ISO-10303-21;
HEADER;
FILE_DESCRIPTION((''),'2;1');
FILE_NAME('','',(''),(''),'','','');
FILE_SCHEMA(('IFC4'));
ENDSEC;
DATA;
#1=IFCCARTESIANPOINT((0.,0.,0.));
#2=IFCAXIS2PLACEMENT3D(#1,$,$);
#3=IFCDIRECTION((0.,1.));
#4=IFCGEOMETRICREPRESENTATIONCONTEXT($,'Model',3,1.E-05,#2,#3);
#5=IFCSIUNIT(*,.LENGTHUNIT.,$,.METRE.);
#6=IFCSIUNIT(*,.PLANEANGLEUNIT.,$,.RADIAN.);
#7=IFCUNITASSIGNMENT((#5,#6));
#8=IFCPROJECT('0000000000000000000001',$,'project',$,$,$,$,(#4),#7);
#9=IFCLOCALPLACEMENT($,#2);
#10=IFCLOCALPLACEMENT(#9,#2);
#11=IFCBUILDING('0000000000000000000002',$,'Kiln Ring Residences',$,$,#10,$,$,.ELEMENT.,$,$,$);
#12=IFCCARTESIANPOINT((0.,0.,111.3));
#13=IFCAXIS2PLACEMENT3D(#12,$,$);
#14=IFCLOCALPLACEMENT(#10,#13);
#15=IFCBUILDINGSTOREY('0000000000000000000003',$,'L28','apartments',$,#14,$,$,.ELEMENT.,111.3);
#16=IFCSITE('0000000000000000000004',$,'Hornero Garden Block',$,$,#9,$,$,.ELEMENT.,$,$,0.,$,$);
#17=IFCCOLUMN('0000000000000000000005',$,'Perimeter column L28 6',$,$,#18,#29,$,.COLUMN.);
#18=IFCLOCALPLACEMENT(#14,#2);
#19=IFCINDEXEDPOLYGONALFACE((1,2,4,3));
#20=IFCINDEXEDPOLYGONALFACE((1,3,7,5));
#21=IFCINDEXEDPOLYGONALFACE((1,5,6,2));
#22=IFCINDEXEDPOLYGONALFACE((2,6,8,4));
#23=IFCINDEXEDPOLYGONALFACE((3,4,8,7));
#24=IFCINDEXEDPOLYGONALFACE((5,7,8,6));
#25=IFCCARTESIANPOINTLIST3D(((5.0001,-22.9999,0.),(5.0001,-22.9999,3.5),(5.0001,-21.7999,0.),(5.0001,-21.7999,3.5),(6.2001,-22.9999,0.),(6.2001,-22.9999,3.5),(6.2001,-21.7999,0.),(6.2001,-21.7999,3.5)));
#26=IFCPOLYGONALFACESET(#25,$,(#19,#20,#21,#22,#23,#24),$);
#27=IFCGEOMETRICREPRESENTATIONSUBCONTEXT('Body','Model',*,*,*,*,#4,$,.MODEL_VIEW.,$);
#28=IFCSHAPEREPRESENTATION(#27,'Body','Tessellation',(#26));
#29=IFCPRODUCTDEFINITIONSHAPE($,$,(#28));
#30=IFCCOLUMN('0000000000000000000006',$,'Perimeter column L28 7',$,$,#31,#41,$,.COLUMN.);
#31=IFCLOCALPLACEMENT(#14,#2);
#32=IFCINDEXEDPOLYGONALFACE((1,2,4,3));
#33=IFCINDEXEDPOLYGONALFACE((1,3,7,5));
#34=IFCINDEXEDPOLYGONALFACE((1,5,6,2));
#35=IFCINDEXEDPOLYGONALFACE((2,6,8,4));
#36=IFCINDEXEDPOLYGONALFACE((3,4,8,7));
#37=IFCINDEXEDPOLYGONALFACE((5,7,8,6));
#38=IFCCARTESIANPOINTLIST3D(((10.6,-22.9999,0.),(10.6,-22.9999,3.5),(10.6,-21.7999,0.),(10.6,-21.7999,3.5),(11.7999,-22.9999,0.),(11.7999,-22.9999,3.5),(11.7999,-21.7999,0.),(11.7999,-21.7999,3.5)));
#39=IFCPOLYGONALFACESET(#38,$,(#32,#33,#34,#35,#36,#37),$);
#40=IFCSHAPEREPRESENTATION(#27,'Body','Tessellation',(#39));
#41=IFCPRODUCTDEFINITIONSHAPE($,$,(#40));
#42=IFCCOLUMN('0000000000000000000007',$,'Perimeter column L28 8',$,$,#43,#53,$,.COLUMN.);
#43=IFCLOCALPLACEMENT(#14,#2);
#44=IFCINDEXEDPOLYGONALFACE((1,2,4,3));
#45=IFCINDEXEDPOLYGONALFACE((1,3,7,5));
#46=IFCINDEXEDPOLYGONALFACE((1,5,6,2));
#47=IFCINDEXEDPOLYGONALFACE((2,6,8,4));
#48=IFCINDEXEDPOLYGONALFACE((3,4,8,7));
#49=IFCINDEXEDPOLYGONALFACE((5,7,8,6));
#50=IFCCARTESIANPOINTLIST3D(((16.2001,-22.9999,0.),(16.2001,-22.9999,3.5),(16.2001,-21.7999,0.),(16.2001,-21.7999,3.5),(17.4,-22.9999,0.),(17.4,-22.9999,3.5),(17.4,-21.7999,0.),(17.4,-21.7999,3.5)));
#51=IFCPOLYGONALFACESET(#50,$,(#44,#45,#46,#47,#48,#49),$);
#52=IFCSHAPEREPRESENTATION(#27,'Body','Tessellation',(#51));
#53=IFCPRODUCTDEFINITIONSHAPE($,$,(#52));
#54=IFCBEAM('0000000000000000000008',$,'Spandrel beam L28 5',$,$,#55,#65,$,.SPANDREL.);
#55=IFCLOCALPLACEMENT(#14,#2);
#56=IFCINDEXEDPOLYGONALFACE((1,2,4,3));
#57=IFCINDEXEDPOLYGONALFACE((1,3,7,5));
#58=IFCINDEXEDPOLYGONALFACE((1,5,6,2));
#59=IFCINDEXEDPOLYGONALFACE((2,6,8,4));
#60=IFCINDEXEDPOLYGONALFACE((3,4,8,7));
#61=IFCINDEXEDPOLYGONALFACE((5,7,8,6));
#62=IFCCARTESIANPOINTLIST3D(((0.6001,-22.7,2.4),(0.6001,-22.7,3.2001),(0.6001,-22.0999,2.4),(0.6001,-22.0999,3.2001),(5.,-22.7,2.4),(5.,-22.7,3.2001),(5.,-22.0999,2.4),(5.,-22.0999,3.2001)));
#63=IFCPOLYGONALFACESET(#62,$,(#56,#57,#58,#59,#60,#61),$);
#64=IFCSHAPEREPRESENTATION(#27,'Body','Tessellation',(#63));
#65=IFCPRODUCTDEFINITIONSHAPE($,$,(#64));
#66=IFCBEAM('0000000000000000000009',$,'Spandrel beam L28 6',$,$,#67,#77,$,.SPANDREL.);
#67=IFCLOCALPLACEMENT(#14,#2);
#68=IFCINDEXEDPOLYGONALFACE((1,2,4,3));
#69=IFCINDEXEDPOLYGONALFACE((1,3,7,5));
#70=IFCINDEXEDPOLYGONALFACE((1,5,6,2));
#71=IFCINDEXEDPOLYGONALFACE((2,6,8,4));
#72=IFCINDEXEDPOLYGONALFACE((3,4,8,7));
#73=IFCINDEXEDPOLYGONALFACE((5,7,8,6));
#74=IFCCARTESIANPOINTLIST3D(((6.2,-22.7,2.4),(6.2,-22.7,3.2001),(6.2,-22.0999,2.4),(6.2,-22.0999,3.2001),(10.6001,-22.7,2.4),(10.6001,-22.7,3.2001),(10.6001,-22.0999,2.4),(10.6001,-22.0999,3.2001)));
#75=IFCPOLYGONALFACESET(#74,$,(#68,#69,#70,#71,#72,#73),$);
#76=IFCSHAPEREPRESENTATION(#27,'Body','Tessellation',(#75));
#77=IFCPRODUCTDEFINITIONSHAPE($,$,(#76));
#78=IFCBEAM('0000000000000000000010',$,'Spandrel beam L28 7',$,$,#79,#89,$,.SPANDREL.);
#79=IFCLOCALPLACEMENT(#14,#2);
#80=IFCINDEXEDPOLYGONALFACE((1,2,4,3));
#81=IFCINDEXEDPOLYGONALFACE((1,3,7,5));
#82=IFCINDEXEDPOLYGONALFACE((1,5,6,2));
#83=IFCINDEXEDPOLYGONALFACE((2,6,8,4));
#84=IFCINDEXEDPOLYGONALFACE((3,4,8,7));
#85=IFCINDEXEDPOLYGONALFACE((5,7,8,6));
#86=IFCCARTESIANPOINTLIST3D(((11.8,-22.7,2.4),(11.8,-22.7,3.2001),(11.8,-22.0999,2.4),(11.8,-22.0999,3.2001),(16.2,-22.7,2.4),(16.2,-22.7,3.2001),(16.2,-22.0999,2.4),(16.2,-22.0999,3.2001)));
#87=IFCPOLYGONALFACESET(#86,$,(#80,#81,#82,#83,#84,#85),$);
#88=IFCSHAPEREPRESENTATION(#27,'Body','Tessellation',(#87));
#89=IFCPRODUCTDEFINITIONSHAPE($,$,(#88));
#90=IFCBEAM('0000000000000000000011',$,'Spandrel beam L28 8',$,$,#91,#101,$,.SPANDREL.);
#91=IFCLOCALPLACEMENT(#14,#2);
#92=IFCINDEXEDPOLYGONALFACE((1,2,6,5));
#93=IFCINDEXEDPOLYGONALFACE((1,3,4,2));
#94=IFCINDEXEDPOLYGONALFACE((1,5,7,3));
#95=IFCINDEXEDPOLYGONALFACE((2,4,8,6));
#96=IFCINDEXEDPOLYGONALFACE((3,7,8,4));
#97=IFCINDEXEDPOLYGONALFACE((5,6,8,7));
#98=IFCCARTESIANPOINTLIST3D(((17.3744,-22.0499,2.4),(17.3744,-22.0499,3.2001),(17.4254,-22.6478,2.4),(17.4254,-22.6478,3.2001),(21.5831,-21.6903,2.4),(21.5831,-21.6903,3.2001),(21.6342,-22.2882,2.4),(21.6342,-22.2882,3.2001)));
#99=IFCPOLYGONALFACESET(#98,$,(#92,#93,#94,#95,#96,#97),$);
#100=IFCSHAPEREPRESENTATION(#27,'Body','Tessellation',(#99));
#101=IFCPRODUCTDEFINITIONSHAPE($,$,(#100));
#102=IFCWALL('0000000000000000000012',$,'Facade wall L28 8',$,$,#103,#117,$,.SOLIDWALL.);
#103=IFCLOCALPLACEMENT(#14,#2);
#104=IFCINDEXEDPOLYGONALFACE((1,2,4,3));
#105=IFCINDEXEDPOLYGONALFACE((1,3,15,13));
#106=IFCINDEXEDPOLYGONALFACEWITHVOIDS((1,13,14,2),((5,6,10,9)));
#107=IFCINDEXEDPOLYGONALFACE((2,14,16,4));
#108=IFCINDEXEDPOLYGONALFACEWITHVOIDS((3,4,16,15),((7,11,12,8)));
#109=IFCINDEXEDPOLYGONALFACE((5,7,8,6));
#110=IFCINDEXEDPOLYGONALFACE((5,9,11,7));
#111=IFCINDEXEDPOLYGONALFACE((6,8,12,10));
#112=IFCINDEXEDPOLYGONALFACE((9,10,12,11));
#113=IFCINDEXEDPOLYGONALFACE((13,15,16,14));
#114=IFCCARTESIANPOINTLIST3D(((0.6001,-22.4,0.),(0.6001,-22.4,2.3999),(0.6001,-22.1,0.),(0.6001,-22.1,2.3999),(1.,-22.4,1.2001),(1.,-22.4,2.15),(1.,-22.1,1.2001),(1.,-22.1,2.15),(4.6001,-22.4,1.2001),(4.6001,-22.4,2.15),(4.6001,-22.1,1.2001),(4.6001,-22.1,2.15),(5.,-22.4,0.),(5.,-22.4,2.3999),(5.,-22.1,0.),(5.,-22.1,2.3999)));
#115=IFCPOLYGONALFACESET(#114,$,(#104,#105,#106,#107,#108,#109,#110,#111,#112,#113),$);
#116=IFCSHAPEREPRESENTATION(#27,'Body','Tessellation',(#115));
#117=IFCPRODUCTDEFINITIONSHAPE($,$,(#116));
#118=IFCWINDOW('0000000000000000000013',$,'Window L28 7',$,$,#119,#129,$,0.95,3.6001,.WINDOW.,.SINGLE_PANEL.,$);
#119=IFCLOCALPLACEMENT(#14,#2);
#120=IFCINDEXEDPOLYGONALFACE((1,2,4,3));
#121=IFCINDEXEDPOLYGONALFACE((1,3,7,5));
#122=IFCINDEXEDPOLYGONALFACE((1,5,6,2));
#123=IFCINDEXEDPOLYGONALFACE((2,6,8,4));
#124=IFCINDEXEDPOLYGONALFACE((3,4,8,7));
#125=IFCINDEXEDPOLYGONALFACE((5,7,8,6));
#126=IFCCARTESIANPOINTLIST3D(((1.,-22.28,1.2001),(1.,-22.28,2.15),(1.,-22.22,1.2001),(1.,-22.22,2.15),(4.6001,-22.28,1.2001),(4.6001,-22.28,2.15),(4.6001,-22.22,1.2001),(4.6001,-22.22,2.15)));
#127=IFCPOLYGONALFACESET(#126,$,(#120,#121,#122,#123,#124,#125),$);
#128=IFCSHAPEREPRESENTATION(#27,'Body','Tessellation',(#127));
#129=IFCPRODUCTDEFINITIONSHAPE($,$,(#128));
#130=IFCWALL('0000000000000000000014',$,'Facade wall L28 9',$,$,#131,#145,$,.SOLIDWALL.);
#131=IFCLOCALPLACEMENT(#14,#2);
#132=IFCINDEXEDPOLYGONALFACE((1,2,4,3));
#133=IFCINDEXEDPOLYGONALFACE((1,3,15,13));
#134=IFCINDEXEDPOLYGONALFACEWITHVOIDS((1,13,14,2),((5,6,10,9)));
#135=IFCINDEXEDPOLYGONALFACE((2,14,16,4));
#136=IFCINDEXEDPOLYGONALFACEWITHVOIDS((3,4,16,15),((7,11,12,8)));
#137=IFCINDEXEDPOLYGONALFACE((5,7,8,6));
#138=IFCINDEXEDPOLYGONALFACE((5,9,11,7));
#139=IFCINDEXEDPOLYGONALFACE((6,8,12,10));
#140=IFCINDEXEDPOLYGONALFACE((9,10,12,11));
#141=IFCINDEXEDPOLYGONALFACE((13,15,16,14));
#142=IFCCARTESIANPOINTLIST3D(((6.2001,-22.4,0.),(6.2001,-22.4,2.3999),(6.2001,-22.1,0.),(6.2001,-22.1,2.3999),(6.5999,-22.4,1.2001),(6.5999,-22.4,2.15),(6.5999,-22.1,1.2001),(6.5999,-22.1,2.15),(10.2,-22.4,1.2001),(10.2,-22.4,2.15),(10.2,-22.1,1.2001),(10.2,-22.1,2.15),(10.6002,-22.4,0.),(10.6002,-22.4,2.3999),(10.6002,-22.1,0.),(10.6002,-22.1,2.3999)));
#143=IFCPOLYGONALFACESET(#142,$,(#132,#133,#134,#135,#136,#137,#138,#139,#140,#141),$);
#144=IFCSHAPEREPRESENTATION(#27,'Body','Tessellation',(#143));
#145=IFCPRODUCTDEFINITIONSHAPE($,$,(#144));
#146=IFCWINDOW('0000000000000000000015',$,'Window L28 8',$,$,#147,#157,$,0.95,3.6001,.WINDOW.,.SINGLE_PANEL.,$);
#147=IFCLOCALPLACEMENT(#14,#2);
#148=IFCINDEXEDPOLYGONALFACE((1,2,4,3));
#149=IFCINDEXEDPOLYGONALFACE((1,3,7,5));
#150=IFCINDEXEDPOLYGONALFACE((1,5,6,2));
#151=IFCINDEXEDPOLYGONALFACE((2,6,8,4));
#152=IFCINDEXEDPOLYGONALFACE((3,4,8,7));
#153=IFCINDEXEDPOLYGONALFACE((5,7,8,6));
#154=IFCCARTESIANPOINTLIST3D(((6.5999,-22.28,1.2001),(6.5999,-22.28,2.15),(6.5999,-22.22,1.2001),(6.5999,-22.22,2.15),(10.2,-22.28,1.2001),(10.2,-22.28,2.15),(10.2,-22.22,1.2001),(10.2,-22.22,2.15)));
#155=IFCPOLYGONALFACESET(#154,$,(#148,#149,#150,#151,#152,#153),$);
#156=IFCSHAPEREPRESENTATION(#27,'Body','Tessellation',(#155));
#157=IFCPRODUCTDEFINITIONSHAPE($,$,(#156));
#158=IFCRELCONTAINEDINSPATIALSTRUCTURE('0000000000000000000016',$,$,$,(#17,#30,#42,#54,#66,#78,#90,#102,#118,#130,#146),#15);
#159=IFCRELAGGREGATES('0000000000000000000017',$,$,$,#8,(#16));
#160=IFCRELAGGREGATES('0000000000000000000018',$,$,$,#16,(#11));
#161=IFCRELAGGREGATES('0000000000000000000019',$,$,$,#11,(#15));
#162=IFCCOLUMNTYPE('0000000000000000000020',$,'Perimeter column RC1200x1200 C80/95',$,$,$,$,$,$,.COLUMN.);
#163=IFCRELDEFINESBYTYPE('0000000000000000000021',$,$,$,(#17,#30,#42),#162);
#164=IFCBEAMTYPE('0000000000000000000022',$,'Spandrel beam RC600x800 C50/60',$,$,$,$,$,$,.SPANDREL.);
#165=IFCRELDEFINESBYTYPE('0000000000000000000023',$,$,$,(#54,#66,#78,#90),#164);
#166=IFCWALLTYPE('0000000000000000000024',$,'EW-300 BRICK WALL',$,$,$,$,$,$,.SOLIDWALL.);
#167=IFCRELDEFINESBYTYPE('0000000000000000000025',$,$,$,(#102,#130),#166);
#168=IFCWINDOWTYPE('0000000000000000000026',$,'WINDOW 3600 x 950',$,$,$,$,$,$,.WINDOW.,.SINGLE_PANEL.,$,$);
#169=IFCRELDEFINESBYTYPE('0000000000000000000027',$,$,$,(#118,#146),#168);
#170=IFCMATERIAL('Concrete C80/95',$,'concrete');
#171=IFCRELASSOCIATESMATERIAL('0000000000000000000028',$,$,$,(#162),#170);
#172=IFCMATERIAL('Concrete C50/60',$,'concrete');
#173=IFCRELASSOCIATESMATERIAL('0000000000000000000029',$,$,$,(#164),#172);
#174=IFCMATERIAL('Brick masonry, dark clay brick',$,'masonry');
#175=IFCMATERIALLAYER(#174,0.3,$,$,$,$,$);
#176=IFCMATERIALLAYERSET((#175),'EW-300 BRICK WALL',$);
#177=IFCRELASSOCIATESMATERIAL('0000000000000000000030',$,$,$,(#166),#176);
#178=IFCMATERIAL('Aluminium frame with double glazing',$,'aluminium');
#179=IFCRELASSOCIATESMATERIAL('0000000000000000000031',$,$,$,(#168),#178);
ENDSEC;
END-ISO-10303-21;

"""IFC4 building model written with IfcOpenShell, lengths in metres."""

from ifc_helpers import new_model, si_unit, direction, frame, frame_2d, origin, origin_2d, place, context, subcontext, project, spatial, rectangle, extrude, material, layer, layer_set, material_profile, profile_set, type_object, element, fill, save


model = new_model("IFC4")

# Units and contexts
model_context = context("Model", 3, precision=1e-05, world=origin(), true_north=direction((0.0, 1.0)))
body_context = subcontext(model_context, "Body", "Model", "MODEL_VIEW")
ifc_project = project(units=[si_unit("LENGTHUNIT", "METRE"), si_unit("PLANEANGLEUNIT", "RADIAN")], contexts=[model_context])

# Site, building, storey
site_placement = place(None, origin())
site = spatial("IfcSite", under=ifc_project, at=site_placement, Name="Hornero Garden Block", CompositionType="ELEMENT", RefElevation=0.0)
building_placement = place(site_placement, origin())
building = spatial("IfcBuilding", under=site, at=building_placement, Name="Kiln Ring Residences", CompositionType="ELEMENT")
storey_placement = place(building_placement, frame((0.0, 0.0, 111.3)))
storey = spatial("IfcBuildingStorey", under=building, at=storey_placement, Name="L28", Description="apartments", CompositionType="ELEMENT", Elevation=111.3)

# Columns
ifc_material_1 = material(Name="Concrete C80/95", Category="concrete")
ifc_material_profile_1 = material_profile(ifc_material_1, rectangle(XDim=1.2, YDim=1.2, at=origin_2d()), Name="RC1200x1200")
ifc_profile_set_1 = profile_set([ifc_material_profile_1], Name="Concrete C80/95")
column_type = type_object("IfcColumnType", Name="Perimeter column RC1200x1200 C80/95", PredefinedType="COLUMN", material=ifc_profile_set_1)
for number, where, z_axis, x_axis, name in (
    (1, (5.6001, -22.3999, 0.0), (0.0, 0.0, 1.0), (1.0, 0.0, 0.0), "Perimeter column L28 6"),
    (2, (11.2, -22.3999, 0.0), (0.0, 0.0, 1.0), (1.0, 0.0, 0.0), "Perimeter column L28 7"),
    (3, (16.8, -22.3999, 0.0), (0.0, 0.0, 1.0), (1.0, 0.0, 0.0), "Perimeter column L28 8"),
):
    element("IfcColumn", number, at=place(storey_placement, frame(where, z_axis=z_axis, x_axis=x_axis)), inside=storey, type_object=column_type, Name=name, PredefinedType="COLUMN", context=body_context, shape_type="SweptSolid", body=[
        extrude(rectangle(XDim=1.2, YDim=1.2, at=origin_2d()), origin(), (0.0, 0.0, 1.0), 3.5),
    ])

# Beams
ifc_material_2 = material(Name="Concrete C50/60", Category="concrete")
ifc_material_profile_2 = material_profile(ifc_material_2, rectangle(XDim=0.6001, YDim=0.8, at=origin_2d()), Name="RC600x800")
ifc_profile_set_2 = profile_set([ifc_material_profile_2], Name="Concrete C50/60")
beam_type = type_object("IfcBeamType", Name="Spandrel beam RC600x800 C50/60", PredefinedType="SPANDREL", material=ifc_profile_set_2)
beam_1_placement = place(storey_placement, frame((0.6001, -22.3999, 2.8), z_axis=(1.0, 0.0, 0.0), x_axis=(0.0, 1.0, 0.0)))
element("IfcBeam", 4, at=beam_1_placement, inside=storey, type_object=beam_type, Name="Spandrel beam L28 5", PredefinedType="SPANDREL", context=body_context, shape_type="SweptSolid", body=[
    extrude(rectangle(XDim=0.6001, YDim=0.8, at=origin_2d()), origin(), (0.0, 0.0, 1.0), 4.3999),
])
beam_2_placement = place(storey_placement, frame((6.2, -22.3999, 2.8), z_axis=(1.0, 0.0, 0.0), x_axis=(0.0, 1.0, 0.0)))
element("IfcBeam", 5, at=beam_2_placement, inside=storey, type_object=beam_type, Name="Spandrel beam L28 6", PredefinedType="SPANDREL", context=body_context, shape_type="SweptSolid", body=[
    extrude(rectangle(XDim=0.6001, YDim=0.8, at=origin_2d()), origin(), (0.0, 0.0, 1.0), 4.4001),
])
beam_3_placement = place(storey_placement, frame((11.8, -22.3999, 2.8), z_axis=(1.0, 0.0, 0.0), x_axis=(0.0, 1.0, 0.0)))
element("IfcBeam", 6, at=beam_3_placement, inside=storey, type_object=beam_type, Name="Spandrel beam L28 7", PredefinedType="SPANDREL", context=body_context, shape_type="SweptSolid", body=[
    extrude(rectangle(XDim=0.6001, YDim=0.8, at=origin_2d()), origin(), (0.0, 0.0, 1.0), 4.3999),
])
beam_4_placement = place(storey_placement, frame((17.3999, -22.3489, 2.8), z_axis=(0.996369, 0.085136, 0.0), x_axis=(-0.085136, 0.996369, 0.0)))
element("IfcBeam", 7, at=beam_4_placement, inside=storey, type_object=beam_type, Name="Spandrel beam L28 8", PredefinedType="SPANDREL", context=body_context, shape_type="SweptSolid", body=[
    extrude(rectangle(XDim=0.6001, YDim=0.8, at=origin_2d()), origin(), (0.0, 0.0, 1.0), 4.2241),
])

# Walls, openings, windows
ifc_material_3 = material(Name="Brick masonry, dark clay brick", Category="masonry")
ifc_layer_1 = layer(ifc_material_3, 0.3)
ifc_layer_set_1 = layer_set([ifc_layer_1], Name="EW-300 BRICK WALL")
wall_type_1 = type_object("IfcWallType", Name="EW-300 BRICK WALL", PredefinedType="SOLIDWALL", material=ifc_layer_set_1)
wall_1_placement = place(storey_placement, frame((0.6001, -22.25, 0.0), z_axis=(0.0, 0.0, 1.0), x_axis=(1.0, 0.0, 0.0)))
wall_1 = element("IfcWall", 8, at=wall_1_placement, inside=storey, type_object=wall_type_1, Name="Facade wall L28 8", PredefinedType="SOLIDWALL", context=body_context, shape_type="SweptSolid", body=[
    extrude(rectangle(XDim=4.3999, YDim=0.3, at=frame_2d((2.2, 0.0))), origin(), (0.0, 0.0, 1.0), 2.3999),
])
opening_1_placement = place(wall_1_placement, frame((0.3999, 0.0, 1.2)))
opening_1 = element("IfcOpeningElement", 9, at=opening_1_placement, cuts=wall_1, PredefinedType="OPENING", context=body_context, shape_type="SweptSolid", body=[
    extrude(rectangle(XDim=3.6001, YDim=0.95, at=frame_2d((1.8, 0.4751))), frame((0.0, 0.1599, 0.0), z_axis=(0.0, -1.0, 0.0), x_axis=(1.0, 0.0, 0.0)), (0.0, 0.0, 1.0), 0.3201),
])
ifc_material_4 = material(Name="Aluminium frame with double glazing", Category="aluminium")
window_type_1 = type_object("IfcWindowType", Name="WINDOW 3600 x 950", PartitioningType="SINGLE_PANEL", PredefinedType="WINDOW", material=ifc_material_4)
window_1_placement = place(opening_1_placement, origin())
window_1 = element("IfcWindow", 10, at=window_1_placement, inside=storey, type_object=window_type_1, Name="Window L28 7", OverallHeight=0.95, OverallWidth=3.6001, PartitioningType="SINGLE_PANEL", PredefinedType="WINDOW", context=body_context, shape_type="SweptSolid", body=[
    extrude(rectangle(XDim=3.6001, YDim=0.95, at=frame_2d((1.8, 0.4751))), frame((0.0, 0.03, 0.0), z_axis=(0.0, -1.0, 0.0), x_axis=(1.0, 0.0, 0.0)), (0.0, 0.0, 1.0), 0.0601),
])
fill(opening_1, window_1)
wall_2_placement = place(storey_placement, frame((6.2, -22.25, 0.0), z_axis=(0.0, 0.0, 1.0), x_axis=(1.0, 0.0, 0.0)))
wall_2 = element("IfcWall", 11, at=wall_2_placement, inside=storey, type_object=wall_type_1, Name="Facade wall L28 9", PredefinedType="SOLIDWALL", context=body_context, shape_type="SweptSolid", body=[
    extrude(rectangle(XDim=4.4001, YDim=0.3, at=frame_2d((2.2002, 0.0))), origin(), (0.0, 0.0, 1.0), 2.3999),
])
opening_2_placement = place(wall_2_placement, frame((0.3999, 0.0, 1.2)))
opening_2 = element("IfcOpeningElement", 12, at=opening_2_placement, cuts=wall_2, PredefinedType="OPENING", context=body_context, shape_type="SweptSolid", body=[
    extrude(rectangle(XDim=3.6001, YDim=0.95, at=frame_2d((1.8, 0.4751))), frame((0.0, 0.1599, 0.0), z_axis=(0.0, -1.0, 0.0), x_axis=(1.0, 0.0, 0.0)), (0.0, 0.0, 1.0), 0.3201),
])
window_2_placement = place(opening_2_placement, origin())
window_2 = element("IfcWindow", 13, at=window_2_placement, inside=storey, type_object=window_type_1, Name="Window L28 8", OverallHeight=0.95, OverallWidth=3.6001, PartitioningType="SINGLE_PANEL", PredefinedType="WINDOW", context=body_context, shape_type="SweptSolid", body=[
    extrude(rectangle(XDim=3.6001, YDim=0.95, at=frame_2d((1.8, 0.4751))), frame((0.0, 0.03, 0.0), z_axis=(0.0, -1.0, 0.0), x_axis=(1.0, 0.0, 0.0)), (0.0, 0.0, 1.0), 0.0601),
])
fill(opening_2, window_2)

save(model, "model.ifc")
